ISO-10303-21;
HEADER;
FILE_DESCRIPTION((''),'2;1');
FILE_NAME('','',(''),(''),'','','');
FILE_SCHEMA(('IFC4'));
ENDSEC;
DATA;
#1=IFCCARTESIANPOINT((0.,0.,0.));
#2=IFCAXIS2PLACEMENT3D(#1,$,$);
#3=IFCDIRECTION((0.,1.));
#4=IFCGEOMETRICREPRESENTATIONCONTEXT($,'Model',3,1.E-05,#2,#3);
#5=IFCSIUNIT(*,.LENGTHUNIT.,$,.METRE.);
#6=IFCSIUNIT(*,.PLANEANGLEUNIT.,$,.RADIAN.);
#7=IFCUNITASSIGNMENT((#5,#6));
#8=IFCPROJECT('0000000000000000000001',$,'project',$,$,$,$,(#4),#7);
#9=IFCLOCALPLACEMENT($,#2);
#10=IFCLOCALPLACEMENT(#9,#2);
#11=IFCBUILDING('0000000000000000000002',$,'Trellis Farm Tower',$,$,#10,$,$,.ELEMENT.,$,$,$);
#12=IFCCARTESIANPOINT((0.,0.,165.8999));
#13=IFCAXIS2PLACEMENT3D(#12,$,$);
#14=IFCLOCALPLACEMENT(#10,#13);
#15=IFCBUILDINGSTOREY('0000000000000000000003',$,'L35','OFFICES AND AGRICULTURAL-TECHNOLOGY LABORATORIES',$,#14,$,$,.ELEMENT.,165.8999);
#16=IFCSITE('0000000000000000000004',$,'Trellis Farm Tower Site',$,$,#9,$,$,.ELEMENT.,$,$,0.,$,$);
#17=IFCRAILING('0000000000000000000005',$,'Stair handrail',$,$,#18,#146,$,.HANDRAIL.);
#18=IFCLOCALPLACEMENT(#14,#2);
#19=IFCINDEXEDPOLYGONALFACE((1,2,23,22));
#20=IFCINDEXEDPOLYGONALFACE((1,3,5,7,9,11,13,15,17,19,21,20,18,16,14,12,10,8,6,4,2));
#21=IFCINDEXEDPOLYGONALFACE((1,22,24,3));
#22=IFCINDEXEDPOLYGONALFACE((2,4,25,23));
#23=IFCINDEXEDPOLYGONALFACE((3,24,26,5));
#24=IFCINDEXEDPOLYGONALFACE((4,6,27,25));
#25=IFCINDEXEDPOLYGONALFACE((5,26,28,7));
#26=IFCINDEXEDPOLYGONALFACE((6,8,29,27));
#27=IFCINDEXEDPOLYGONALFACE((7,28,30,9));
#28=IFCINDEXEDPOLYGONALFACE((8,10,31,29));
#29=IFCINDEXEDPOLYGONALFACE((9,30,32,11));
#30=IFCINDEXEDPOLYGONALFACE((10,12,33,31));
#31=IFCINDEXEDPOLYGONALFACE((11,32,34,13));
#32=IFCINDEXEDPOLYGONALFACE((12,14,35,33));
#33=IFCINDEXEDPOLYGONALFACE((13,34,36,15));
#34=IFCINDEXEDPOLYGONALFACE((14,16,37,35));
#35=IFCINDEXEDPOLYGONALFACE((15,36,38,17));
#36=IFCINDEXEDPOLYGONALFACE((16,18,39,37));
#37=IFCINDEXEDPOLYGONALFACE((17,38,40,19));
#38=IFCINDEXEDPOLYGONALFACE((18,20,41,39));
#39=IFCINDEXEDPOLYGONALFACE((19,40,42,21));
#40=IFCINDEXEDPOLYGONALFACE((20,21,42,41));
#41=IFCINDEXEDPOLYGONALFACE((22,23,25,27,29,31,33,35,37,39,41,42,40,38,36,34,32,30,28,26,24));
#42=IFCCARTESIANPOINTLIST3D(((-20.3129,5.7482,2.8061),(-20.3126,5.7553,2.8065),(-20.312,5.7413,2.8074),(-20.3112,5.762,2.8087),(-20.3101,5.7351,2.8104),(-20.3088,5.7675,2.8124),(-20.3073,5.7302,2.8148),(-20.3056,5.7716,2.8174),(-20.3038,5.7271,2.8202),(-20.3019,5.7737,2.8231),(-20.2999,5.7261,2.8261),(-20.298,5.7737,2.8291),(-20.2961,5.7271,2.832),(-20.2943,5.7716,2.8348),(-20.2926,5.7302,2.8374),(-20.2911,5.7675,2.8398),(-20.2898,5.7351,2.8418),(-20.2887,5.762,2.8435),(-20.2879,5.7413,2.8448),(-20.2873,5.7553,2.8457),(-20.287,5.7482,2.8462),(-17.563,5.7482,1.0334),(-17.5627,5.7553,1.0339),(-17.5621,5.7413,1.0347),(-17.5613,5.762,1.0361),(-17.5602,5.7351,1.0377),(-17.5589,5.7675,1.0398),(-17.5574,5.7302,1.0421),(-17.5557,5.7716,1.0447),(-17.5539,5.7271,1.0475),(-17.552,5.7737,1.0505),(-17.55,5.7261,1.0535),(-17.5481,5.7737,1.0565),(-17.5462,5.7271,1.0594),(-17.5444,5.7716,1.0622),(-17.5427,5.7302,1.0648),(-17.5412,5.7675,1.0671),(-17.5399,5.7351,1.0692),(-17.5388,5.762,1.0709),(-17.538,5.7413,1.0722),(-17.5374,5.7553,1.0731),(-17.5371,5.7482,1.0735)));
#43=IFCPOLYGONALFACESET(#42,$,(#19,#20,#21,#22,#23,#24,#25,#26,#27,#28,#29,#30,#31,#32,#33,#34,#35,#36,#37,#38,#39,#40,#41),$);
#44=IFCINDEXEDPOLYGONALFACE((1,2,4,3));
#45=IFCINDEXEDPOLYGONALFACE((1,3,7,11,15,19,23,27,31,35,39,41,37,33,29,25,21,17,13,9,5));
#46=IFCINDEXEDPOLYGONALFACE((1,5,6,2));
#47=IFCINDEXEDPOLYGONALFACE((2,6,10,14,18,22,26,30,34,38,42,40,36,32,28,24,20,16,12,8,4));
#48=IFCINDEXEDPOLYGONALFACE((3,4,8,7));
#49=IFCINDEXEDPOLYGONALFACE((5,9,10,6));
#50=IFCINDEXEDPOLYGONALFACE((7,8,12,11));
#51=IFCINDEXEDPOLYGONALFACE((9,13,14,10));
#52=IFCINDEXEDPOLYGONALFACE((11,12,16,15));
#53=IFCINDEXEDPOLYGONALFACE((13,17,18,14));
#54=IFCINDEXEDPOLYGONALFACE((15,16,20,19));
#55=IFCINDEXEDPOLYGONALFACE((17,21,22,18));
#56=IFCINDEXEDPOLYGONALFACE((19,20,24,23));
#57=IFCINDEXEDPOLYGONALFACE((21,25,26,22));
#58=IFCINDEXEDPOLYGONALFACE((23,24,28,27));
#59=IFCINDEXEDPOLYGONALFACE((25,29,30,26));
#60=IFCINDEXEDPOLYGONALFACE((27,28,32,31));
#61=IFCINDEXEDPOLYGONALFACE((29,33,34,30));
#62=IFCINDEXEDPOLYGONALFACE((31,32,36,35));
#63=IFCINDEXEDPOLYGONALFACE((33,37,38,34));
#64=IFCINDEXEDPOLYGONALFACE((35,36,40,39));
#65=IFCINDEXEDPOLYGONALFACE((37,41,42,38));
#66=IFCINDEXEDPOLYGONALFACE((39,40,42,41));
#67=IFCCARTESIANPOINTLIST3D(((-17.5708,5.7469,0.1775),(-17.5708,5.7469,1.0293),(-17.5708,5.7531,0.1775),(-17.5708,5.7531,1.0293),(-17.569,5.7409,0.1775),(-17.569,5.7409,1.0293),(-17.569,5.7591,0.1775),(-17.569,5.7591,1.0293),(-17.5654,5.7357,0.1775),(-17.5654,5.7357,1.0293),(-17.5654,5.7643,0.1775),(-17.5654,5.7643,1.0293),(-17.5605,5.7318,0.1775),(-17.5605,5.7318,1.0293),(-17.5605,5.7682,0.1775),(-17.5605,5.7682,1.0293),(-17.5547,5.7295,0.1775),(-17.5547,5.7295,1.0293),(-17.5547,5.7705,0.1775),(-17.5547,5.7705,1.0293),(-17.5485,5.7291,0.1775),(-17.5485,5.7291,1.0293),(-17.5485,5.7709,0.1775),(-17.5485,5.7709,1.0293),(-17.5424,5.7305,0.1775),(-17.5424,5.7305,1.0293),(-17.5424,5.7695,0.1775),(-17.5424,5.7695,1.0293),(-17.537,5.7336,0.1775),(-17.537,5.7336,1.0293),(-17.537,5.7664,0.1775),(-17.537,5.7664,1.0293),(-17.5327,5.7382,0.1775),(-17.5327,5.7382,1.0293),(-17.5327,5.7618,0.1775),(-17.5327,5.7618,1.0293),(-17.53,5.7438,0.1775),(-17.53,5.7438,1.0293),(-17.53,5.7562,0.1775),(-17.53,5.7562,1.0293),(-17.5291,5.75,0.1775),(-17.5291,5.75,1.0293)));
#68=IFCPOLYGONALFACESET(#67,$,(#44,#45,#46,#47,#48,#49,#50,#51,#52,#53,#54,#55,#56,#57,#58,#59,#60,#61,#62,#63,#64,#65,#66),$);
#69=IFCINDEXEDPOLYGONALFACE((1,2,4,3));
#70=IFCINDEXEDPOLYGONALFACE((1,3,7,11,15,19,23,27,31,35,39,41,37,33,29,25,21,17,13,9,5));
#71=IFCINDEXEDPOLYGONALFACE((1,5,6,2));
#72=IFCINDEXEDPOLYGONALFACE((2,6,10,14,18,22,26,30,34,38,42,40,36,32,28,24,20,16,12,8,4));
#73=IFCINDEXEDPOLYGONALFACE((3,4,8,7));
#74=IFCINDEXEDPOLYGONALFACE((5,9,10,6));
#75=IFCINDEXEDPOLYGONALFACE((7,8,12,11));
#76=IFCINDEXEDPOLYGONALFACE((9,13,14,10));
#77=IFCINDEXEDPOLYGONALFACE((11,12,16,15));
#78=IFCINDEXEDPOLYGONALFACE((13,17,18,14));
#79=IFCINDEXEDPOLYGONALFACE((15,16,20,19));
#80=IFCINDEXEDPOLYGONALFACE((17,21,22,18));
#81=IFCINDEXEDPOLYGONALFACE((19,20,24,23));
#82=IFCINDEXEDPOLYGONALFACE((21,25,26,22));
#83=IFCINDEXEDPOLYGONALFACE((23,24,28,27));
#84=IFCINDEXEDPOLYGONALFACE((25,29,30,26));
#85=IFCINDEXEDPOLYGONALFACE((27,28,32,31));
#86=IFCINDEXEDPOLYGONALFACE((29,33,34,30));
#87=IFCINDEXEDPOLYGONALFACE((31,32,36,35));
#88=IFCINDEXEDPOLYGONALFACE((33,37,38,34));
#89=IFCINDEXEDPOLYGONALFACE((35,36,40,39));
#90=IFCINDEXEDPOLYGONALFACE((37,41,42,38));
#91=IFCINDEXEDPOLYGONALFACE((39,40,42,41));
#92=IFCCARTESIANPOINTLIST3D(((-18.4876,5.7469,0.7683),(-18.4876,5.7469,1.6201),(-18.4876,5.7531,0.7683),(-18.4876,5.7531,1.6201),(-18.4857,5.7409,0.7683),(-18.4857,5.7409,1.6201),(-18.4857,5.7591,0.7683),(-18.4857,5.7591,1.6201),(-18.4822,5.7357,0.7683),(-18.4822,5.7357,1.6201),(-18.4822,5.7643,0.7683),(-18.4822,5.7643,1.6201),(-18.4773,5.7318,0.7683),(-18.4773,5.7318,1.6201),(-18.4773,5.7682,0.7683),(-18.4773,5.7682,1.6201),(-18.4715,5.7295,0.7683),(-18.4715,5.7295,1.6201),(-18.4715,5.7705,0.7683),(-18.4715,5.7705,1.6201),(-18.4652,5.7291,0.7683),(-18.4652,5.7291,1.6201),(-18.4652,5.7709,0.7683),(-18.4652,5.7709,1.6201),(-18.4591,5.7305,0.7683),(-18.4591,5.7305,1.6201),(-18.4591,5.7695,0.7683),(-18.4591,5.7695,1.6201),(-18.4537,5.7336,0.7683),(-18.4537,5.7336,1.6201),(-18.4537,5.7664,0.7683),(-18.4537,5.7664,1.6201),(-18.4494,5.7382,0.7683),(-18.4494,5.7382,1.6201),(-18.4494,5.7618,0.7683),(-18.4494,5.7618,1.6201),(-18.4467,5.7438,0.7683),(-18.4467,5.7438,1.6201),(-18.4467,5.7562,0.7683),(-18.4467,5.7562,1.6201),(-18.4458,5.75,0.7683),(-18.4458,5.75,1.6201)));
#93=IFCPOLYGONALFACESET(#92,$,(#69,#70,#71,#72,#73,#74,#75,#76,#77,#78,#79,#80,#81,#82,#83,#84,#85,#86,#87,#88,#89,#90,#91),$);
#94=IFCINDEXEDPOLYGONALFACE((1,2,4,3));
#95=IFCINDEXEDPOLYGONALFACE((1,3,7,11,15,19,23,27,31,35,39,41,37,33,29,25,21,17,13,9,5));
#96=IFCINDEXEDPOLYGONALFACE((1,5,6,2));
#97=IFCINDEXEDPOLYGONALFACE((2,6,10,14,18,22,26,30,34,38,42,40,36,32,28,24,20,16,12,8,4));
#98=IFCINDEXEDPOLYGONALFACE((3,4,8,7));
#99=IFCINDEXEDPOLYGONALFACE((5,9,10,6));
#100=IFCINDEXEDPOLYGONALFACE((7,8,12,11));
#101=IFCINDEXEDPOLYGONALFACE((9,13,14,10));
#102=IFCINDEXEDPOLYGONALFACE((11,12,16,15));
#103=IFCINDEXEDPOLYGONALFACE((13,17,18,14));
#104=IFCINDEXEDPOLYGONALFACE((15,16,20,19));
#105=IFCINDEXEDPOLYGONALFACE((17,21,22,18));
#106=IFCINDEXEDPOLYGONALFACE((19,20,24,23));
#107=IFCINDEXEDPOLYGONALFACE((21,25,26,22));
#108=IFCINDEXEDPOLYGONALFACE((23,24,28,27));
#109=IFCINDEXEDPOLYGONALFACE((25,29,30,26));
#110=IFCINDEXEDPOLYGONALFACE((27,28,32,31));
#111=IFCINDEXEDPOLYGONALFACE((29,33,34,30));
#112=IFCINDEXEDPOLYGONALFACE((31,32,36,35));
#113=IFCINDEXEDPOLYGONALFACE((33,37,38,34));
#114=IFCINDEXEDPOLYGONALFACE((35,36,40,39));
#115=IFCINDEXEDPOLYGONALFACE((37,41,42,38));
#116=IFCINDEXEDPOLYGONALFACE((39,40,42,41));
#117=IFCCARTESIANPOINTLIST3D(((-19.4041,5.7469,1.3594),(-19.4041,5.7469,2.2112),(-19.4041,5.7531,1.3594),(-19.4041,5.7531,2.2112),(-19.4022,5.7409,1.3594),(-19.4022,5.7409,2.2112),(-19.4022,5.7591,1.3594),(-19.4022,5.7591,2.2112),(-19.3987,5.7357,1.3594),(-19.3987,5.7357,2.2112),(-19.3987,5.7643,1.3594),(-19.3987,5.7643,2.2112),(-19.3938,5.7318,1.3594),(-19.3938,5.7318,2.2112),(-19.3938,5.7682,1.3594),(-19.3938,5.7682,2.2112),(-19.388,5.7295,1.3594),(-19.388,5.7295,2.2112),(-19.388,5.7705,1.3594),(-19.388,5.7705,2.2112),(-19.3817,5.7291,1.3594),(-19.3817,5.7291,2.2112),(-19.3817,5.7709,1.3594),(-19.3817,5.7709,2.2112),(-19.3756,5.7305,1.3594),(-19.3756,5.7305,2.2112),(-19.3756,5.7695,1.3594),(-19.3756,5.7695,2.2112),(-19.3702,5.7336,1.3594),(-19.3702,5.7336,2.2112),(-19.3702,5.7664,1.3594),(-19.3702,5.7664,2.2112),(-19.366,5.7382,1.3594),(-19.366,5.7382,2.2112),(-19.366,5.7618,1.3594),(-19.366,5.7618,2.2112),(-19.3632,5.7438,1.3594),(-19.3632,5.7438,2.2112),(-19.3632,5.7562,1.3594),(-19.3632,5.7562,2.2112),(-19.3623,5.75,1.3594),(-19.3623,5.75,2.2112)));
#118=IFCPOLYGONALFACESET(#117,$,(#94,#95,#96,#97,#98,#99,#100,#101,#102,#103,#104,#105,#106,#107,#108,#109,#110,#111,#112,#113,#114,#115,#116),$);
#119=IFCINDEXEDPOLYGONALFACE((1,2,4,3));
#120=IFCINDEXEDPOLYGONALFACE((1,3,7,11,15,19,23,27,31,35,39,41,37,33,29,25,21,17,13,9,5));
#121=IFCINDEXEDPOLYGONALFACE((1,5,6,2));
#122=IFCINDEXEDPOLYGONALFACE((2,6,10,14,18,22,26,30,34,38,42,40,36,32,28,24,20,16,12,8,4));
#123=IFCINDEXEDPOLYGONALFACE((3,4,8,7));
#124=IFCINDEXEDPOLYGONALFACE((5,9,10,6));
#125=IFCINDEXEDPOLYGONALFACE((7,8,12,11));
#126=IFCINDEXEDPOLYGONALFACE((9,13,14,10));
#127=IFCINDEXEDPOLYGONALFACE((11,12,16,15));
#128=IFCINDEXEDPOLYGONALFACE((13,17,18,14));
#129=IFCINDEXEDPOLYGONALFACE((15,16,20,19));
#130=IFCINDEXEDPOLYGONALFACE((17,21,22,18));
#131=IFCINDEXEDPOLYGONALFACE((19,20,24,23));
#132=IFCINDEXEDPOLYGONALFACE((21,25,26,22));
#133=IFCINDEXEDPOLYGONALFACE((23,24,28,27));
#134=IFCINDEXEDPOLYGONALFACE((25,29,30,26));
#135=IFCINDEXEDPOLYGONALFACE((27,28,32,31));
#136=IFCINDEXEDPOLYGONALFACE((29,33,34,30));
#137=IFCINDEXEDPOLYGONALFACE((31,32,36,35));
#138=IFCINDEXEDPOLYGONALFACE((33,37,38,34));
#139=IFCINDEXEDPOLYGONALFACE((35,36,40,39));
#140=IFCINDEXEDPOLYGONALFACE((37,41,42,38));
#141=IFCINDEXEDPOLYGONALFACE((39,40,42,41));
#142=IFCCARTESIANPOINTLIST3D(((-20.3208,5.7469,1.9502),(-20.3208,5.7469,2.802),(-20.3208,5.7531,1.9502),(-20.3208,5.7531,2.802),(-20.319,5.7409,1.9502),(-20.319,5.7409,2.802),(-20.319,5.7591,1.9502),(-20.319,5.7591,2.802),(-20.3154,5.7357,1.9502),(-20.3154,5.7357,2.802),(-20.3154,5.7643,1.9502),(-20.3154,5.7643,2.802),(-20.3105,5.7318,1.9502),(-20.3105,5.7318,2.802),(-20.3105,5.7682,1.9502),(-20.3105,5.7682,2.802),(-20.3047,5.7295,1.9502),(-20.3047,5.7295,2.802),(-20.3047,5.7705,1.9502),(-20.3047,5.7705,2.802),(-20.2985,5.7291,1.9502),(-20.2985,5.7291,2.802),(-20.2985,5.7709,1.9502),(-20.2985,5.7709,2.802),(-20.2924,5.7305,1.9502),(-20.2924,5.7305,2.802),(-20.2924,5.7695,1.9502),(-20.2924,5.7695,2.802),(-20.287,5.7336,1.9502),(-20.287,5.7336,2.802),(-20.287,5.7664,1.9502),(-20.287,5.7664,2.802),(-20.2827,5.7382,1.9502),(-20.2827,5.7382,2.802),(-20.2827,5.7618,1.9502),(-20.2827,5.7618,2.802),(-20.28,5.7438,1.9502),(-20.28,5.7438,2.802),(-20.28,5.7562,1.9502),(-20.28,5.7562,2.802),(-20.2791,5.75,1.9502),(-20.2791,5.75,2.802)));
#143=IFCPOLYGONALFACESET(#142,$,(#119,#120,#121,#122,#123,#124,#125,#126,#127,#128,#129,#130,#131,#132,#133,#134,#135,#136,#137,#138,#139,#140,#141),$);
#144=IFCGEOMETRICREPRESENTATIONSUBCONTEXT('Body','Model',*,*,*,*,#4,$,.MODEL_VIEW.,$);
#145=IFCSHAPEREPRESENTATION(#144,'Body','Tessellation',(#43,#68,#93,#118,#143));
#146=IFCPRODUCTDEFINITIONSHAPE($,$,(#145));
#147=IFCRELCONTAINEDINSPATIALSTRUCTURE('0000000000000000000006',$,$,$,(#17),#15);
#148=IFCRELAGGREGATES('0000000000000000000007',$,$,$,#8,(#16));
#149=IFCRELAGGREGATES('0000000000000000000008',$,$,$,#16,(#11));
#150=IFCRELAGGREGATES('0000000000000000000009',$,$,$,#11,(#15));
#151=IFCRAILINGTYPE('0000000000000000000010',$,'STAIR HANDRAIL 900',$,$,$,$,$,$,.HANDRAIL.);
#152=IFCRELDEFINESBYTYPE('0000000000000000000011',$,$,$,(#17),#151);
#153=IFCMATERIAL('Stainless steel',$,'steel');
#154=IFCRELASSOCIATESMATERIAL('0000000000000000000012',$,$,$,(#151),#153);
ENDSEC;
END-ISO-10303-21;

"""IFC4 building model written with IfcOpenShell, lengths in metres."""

from ifc_helpers import new_model, si_unit, direction, frame, origin, origin_2d, place, context, subcontext, project, spatial, circle, extrude, source, transform, mapped, material, type_object, element, save


model = new_model("IFC4")

# Units and contexts
model_context = context("Model", 3, precision=1e-05, world=origin(), true_north=direction((0.0, 1.0)))
body_context = subcontext(model_context, "Body", "Model", "MODEL_VIEW")
ifc_project = project(units=[si_unit("LENGTHUNIT", "METRE"), si_unit("PLANEANGLEUNIT", "RADIAN")], contexts=[model_context])

# Site, building, storey
site_placement = place(None, origin())
site = spatial("IfcSite", under=ifc_project, at=site_placement, Name="Trellis Farm Tower Site", CompositionType="ELEMENT", RefElevation=0.0)
building_placement = place(site_placement, origin())
building = spatial("IfcBuilding", under=site, at=building_placement, Name="Trellis Farm Tower", CompositionType="ELEMENT")
storey_placement = place(building_placement, frame((0.0, 0.0, 165.8999)))
storey = spatial("IfcBuildingStorey", under=building, at=storey_placement, Name="L35", Description="OFFICES AND AGRICULTURAL-TECHNOLOGY LABORATORIES", CompositionType="ELEMENT", Elevation=165.8999)

# Railing
ifc_material_1 = material(Name="Stainless steel", Category="steel")
railing_type = type_object("IfcRailingType", Name="STAIR HANDRAIL 900", PredefinedType="HANDRAIL", material=ifc_material_1)
shared_shape_1 = source(origin(), body_context, "Body", "SweptSolid", [
    extrude(circle(Radius=0.0239, at=origin_2d()), frame((0.0, 0.0, 0.876), z_axis=(-0.840504, 0.0, 0.541806), x_axis=(0.0, -1.0, 0.0)), (0.0, 0.0, 1.0), 3.2717),
    extrude(circle(Radius=0.021, at=origin_2d()), origin(), (0.0, 0.0, 1.0), 0.8518),
    extrude(circle(Radius=0.021, at=origin_2d()), frame((-0.9167, 0.0, 0.5908)), (0.0, 0.0, 1.0), 0.8518),
    extrude(circle(Radius=0.021, at=origin_2d()), frame((-1.8333, 0.0, 1.1819)), (0.0, 0.0, 1.0), 0.8518),
    extrude(circle(Radius=0.021, at=origin_2d()), frame((-2.75, 0.0, 1.7727)), (0.0, 0.0, 1.0), 0.8518),
])
for number, where, name in (
    (1, (-17.55, 5.75, 0.1775), "Stair handrail"),
):
    element("IfcRailing", number, at=place(storey_placement, frame(where)), inside=storey, type_object=railing_type, Name=name, PredefinedType="HANDRAIL", context=body_context, shape_type="MappedRepresentation", body=[
        mapped(shared_shape_1, transform((0.0, 0.0, 0.0))),
    ])

save(model, "model.ifc")
